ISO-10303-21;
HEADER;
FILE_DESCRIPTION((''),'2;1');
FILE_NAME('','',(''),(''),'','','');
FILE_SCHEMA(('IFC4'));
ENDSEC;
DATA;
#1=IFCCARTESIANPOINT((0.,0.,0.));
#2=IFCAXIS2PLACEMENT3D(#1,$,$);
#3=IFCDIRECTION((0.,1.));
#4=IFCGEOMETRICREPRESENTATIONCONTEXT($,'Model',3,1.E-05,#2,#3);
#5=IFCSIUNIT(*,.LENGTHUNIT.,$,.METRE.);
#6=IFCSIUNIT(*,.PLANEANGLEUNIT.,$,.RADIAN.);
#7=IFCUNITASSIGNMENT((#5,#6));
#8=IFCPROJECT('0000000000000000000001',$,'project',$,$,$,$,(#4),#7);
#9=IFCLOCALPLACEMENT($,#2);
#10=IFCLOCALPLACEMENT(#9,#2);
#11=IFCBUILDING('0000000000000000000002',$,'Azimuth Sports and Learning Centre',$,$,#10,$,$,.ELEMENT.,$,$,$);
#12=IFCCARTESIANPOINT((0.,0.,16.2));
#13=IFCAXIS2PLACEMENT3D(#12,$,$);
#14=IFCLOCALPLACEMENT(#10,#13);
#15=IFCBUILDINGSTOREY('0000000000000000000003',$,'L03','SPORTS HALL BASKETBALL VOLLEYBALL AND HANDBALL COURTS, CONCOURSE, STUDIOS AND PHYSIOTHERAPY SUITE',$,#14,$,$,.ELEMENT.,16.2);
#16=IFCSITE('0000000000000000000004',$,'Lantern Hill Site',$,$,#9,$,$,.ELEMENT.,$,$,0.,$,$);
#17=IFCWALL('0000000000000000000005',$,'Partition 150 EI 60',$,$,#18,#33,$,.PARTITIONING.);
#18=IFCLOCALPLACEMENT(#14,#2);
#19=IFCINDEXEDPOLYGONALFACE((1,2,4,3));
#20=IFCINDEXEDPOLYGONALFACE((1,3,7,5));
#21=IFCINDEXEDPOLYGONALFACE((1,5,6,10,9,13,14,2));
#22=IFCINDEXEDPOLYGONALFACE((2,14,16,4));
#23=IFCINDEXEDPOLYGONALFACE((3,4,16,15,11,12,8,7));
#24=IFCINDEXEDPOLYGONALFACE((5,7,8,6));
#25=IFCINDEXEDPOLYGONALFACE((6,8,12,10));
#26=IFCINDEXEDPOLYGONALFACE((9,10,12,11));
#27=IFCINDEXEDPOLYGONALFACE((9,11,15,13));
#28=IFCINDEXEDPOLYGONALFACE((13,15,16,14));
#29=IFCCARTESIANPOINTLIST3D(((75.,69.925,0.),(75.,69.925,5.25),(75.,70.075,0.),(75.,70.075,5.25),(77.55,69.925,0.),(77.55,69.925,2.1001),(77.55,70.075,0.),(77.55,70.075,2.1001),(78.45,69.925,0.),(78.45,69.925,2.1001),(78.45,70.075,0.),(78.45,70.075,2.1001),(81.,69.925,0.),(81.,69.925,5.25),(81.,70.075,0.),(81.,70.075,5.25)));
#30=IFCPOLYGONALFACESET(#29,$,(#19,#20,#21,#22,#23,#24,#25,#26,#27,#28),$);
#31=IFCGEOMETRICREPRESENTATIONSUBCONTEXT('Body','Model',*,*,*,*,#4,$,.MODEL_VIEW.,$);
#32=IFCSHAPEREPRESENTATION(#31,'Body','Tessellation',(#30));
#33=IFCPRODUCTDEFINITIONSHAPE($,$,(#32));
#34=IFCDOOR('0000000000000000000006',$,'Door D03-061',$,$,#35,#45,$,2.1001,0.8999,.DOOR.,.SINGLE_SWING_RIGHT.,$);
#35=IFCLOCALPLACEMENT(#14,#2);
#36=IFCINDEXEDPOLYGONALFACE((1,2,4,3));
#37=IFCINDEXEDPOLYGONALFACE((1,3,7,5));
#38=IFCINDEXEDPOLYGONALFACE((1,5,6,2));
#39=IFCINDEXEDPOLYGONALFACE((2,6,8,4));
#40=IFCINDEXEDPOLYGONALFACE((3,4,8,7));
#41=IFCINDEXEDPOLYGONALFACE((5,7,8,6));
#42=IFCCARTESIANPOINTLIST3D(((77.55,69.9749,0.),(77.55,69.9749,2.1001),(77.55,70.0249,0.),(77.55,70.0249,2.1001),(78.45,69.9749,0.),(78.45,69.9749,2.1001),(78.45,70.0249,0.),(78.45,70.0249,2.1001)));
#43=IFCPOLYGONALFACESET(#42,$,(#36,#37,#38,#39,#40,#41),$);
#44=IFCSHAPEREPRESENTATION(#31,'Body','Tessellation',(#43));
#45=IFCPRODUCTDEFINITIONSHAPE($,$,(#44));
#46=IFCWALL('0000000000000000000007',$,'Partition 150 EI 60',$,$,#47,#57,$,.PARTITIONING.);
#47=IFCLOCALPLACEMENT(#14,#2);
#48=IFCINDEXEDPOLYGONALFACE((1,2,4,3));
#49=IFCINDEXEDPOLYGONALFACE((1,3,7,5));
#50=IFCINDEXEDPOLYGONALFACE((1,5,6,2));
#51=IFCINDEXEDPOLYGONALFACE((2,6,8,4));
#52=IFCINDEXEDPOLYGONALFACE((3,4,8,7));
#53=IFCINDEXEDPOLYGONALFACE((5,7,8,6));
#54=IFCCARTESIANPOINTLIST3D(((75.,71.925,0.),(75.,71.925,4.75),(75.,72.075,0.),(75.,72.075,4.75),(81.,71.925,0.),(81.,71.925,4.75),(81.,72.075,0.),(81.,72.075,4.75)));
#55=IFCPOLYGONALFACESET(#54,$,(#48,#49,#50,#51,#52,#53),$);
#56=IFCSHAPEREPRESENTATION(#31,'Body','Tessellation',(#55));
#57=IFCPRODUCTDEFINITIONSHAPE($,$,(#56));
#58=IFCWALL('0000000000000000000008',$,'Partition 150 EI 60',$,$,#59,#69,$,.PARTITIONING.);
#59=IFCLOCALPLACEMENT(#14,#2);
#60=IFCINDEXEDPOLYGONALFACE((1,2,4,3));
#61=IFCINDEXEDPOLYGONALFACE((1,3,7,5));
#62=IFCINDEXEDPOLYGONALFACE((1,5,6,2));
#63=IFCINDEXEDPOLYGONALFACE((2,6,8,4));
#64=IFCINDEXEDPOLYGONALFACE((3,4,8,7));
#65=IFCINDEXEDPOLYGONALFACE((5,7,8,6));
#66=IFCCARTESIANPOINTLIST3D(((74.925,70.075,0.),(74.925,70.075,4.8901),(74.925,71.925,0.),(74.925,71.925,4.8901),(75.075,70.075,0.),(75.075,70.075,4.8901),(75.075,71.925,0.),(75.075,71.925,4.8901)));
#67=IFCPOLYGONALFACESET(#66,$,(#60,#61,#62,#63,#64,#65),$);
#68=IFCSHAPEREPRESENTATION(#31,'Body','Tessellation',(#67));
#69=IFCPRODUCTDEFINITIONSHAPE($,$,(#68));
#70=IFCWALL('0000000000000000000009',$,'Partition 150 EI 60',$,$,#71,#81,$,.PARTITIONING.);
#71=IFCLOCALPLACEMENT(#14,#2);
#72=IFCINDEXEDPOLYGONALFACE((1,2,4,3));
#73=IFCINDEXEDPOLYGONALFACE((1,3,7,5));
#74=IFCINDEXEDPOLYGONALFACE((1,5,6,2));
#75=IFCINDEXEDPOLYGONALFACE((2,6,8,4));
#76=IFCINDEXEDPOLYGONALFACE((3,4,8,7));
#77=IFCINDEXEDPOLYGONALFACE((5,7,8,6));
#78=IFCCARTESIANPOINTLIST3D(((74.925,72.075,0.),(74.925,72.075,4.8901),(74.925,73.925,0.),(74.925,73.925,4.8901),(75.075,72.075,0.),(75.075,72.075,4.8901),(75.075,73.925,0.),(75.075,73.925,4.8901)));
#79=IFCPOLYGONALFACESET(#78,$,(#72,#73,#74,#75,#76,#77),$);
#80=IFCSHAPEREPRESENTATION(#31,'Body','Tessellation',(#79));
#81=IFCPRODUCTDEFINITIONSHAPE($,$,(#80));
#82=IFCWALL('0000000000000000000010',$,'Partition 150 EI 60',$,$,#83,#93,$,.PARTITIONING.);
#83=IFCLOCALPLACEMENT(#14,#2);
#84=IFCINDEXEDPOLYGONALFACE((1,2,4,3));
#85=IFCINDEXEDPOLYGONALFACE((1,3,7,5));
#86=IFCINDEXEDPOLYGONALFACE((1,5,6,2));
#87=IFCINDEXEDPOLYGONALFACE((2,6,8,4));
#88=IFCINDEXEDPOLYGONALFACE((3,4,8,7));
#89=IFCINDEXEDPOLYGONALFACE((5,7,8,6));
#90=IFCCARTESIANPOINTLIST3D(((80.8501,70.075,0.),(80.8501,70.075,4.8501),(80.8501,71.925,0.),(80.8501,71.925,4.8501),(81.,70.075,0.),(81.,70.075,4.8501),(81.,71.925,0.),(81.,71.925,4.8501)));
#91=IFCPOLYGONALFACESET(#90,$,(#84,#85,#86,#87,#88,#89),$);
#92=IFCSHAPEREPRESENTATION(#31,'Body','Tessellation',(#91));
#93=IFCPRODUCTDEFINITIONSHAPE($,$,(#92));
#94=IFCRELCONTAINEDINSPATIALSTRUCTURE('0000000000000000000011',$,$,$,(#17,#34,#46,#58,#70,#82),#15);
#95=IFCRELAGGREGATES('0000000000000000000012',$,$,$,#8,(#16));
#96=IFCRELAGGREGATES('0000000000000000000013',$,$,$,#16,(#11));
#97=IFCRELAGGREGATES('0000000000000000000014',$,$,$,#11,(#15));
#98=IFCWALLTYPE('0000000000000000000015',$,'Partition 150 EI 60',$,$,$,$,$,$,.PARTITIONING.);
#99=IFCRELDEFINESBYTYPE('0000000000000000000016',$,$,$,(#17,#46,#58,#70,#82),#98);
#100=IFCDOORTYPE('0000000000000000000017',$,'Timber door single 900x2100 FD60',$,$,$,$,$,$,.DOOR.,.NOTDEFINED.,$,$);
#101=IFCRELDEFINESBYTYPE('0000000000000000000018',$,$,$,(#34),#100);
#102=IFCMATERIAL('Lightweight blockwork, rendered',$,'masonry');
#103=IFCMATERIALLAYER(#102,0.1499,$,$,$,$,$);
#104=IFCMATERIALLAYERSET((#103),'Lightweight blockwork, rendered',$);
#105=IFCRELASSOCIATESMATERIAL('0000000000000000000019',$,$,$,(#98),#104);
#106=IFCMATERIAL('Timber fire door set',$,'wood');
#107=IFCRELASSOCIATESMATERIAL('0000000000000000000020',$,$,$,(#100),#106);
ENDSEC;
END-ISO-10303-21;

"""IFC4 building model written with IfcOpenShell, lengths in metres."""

from ifc_helpers import new_model, si_unit, direction, frame, frame_2d, origin, place, context, subcontext, project, spatial, rectangle, extrude, material, layer, layer_set, type_object, element, fill, save


model = new_model("IFC4")

# Units and contexts
model_context = context("Model", 3, precision=1e-05, world=origin(), true_north=direction((0.0, 1.0)))
body_context = subcontext(model_context, "Body", "Model", "MODEL_VIEW")
ifc_project = project(units=[si_unit("LENGTHUNIT", "METRE"), si_unit("PLANEANGLEUNIT", "RADIAN")], contexts=[model_context])

# Site, building, storey
site_placement = place(None, origin())
site = spatial("IfcSite", under=ifc_project, at=site_placement, Name="Lantern Hill Site", CompositionType="ELEMENT", RefElevation=0.0)
building_placement = place(site_placement, origin())
building = spatial("IfcBuilding", under=site, at=building_placement, Name="Azimuth Sports and Learning Centre", CompositionType="ELEMENT")
storey_placement = place(building_placement, frame((0.0, 0.0, 16.2)))
storey = spatial("IfcBuildingStorey", under=building, at=storey_placement, Name="L03", Description="SPORTS HALL BASKETBALL VOLLEYBALL AND HANDBALL COURTS, CONCOURSE, STUDIOS AND PHYSIOTHERAPY SUITE", CompositionType="ELEMENT", Elevation=16.2)

# Wall, opening, door
ifc_material_1 = material(Name="Lightweight blockwork, rendered", Category="masonry")
ifc_layer_1 = layer(ifc_material_1, 0.1499)
ifc_layer_set_1 = layer_set([ifc_layer_1], Name="Lightweight blockwork, rendered")
wall_type = type_object("IfcWallType", Name="Partition 150 EI 60", PredefinedType="PARTITIONING", material=ifc_layer_set_1)
wall_1_placement = place(storey_placement, frame((75.0, 70.0, 0.0), z_axis=(0.0, 0.0, 1.0), x_axis=(1.0, 0.0, 0.0)))
wall_1 = element("IfcWall", 1, at=wall_1_placement, inside=storey, type_object=wall_type, Name="Partition 150 EI 60", PredefinedType="PARTITIONING", context=body_context, shape_type="SweptSolid", body=[
    extrude(rectangle(XDim=6.0, YDim=0.1499, at=frame_2d((3.0, 0.0))), origin(), (0.0, 0.0, 1.0), 5.25),
])
opening_placement = place(wall_1_placement, frame((2.55, 0.0, 0.0)))
opening = element("IfcOpeningElement", 2, at=opening_placement, cuts=wall_1, PredefinedType="OPENING", context=body_context, shape_type="SweptSolid", body=[
    extrude(rectangle(XDim=0.8999, YDim=2.1001, at=frame_2d((0.45, 1.05))), frame((0.0, 0.0859, 0.0), z_axis=(0.0, -1.0, 0.0), x_axis=(1.0, 0.0, 0.0)), (0.0, 0.0, 1.0), 0.1719),
])
ifc_material_2 = material(Name="Timber fire door set", Category="wood")
door_type = type_object("IfcDoorType", Name="Timber door single 900x2100 FD60", OperationType="NOTDEFINED", PredefinedType="DOOR", material=ifc_material_2)
door_placement = place(opening_placement, origin())
door = element("IfcDoor", 3, at=door_placement, inside=storey, type_object=door_type, Name="Door D03-061", OperationType="SINGLE_SWING_RIGHT", OverallHeight=2.1001, OverallWidth=0.8999, PredefinedType="DOOR", context=body_context, shape_type="SweptSolid", body=[
    extrude(rectangle(XDim=0.8999, YDim=2.1001, at=frame_2d((0.45, 1.05))), frame((0.0, 0.0249, 0.0), z_axis=(0.0, -1.0, 0.0), x_axis=(1.0, 0.0, 0.0)), (0.0, 0.0, 1.0), 0.05),
])
fill(opening, door)

# Walls
wall_2_placement = place(storey_placement, frame((75.0, 72.0, 0.0), z_axis=(0.0, 0.0, 1.0), x_axis=(1.0, 0.0, 0.0)))
element("IfcWall", 4, at=wall_2_placement, inside=storey, type_object=wall_type, Name="Partition 150 EI 60", PredefinedType="PARTITIONING", context=body_context, shape_type="SweptSolid", body=[
    extrude(rectangle(XDim=6.0, YDim=0.1499, at=frame_2d((3.0, 0.0))), origin(), (0.0, 0.0, 1.0), 4.75),
])
for number, where, z_axis, x_axis, name in (
    (5, (75.0, 70.075, 0.0), (0.0, 0.0, 1.0), (0.0, 1.0, 0.0), "Partition 150 EI 60"),
    (6, (75.0, 72.075, 0.0), (0.0, 0.0, 1.0), (0.0, 1.0, 0.0), "Partition 150 EI 60"),
):
    element("IfcWall", number, at=place(storey_placement, frame(where, z_axis=z_axis, x_axis=x_axis)), inside=storey, type_object=wall_type, Name=name, PredefinedType="PARTITIONING", context=body_context, shape_type="SweptSolid", body=[
        extrude(rectangle(XDim=1.8501, YDim=0.1499, at=frame_2d((0.925, 0.0))), origin(), (0.0, 0.0, 1.0), 4.8901),
    ])
wall_3_placement = place(storey_placement, frame((80.925, 70.075, 0.0), z_axis=(0.0, 0.0, 1.0), x_axis=(0.0, 1.0, 0.0)))
element("IfcWall", 7, at=wall_3_placement, inside=storey, type_object=wall_type, Name="Partition 150 EI 60", PredefinedType="PARTITIONING", context=body_context, shape_type="SweptSolid", body=[
    extrude(rectangle(XDim=1.8501, YDim=0.1499, at=frame_2d((0.925, 0.0))), origin(), (0.0, 0.0, 1.0), 4.8501),
])

save(model, "model.ifc")
